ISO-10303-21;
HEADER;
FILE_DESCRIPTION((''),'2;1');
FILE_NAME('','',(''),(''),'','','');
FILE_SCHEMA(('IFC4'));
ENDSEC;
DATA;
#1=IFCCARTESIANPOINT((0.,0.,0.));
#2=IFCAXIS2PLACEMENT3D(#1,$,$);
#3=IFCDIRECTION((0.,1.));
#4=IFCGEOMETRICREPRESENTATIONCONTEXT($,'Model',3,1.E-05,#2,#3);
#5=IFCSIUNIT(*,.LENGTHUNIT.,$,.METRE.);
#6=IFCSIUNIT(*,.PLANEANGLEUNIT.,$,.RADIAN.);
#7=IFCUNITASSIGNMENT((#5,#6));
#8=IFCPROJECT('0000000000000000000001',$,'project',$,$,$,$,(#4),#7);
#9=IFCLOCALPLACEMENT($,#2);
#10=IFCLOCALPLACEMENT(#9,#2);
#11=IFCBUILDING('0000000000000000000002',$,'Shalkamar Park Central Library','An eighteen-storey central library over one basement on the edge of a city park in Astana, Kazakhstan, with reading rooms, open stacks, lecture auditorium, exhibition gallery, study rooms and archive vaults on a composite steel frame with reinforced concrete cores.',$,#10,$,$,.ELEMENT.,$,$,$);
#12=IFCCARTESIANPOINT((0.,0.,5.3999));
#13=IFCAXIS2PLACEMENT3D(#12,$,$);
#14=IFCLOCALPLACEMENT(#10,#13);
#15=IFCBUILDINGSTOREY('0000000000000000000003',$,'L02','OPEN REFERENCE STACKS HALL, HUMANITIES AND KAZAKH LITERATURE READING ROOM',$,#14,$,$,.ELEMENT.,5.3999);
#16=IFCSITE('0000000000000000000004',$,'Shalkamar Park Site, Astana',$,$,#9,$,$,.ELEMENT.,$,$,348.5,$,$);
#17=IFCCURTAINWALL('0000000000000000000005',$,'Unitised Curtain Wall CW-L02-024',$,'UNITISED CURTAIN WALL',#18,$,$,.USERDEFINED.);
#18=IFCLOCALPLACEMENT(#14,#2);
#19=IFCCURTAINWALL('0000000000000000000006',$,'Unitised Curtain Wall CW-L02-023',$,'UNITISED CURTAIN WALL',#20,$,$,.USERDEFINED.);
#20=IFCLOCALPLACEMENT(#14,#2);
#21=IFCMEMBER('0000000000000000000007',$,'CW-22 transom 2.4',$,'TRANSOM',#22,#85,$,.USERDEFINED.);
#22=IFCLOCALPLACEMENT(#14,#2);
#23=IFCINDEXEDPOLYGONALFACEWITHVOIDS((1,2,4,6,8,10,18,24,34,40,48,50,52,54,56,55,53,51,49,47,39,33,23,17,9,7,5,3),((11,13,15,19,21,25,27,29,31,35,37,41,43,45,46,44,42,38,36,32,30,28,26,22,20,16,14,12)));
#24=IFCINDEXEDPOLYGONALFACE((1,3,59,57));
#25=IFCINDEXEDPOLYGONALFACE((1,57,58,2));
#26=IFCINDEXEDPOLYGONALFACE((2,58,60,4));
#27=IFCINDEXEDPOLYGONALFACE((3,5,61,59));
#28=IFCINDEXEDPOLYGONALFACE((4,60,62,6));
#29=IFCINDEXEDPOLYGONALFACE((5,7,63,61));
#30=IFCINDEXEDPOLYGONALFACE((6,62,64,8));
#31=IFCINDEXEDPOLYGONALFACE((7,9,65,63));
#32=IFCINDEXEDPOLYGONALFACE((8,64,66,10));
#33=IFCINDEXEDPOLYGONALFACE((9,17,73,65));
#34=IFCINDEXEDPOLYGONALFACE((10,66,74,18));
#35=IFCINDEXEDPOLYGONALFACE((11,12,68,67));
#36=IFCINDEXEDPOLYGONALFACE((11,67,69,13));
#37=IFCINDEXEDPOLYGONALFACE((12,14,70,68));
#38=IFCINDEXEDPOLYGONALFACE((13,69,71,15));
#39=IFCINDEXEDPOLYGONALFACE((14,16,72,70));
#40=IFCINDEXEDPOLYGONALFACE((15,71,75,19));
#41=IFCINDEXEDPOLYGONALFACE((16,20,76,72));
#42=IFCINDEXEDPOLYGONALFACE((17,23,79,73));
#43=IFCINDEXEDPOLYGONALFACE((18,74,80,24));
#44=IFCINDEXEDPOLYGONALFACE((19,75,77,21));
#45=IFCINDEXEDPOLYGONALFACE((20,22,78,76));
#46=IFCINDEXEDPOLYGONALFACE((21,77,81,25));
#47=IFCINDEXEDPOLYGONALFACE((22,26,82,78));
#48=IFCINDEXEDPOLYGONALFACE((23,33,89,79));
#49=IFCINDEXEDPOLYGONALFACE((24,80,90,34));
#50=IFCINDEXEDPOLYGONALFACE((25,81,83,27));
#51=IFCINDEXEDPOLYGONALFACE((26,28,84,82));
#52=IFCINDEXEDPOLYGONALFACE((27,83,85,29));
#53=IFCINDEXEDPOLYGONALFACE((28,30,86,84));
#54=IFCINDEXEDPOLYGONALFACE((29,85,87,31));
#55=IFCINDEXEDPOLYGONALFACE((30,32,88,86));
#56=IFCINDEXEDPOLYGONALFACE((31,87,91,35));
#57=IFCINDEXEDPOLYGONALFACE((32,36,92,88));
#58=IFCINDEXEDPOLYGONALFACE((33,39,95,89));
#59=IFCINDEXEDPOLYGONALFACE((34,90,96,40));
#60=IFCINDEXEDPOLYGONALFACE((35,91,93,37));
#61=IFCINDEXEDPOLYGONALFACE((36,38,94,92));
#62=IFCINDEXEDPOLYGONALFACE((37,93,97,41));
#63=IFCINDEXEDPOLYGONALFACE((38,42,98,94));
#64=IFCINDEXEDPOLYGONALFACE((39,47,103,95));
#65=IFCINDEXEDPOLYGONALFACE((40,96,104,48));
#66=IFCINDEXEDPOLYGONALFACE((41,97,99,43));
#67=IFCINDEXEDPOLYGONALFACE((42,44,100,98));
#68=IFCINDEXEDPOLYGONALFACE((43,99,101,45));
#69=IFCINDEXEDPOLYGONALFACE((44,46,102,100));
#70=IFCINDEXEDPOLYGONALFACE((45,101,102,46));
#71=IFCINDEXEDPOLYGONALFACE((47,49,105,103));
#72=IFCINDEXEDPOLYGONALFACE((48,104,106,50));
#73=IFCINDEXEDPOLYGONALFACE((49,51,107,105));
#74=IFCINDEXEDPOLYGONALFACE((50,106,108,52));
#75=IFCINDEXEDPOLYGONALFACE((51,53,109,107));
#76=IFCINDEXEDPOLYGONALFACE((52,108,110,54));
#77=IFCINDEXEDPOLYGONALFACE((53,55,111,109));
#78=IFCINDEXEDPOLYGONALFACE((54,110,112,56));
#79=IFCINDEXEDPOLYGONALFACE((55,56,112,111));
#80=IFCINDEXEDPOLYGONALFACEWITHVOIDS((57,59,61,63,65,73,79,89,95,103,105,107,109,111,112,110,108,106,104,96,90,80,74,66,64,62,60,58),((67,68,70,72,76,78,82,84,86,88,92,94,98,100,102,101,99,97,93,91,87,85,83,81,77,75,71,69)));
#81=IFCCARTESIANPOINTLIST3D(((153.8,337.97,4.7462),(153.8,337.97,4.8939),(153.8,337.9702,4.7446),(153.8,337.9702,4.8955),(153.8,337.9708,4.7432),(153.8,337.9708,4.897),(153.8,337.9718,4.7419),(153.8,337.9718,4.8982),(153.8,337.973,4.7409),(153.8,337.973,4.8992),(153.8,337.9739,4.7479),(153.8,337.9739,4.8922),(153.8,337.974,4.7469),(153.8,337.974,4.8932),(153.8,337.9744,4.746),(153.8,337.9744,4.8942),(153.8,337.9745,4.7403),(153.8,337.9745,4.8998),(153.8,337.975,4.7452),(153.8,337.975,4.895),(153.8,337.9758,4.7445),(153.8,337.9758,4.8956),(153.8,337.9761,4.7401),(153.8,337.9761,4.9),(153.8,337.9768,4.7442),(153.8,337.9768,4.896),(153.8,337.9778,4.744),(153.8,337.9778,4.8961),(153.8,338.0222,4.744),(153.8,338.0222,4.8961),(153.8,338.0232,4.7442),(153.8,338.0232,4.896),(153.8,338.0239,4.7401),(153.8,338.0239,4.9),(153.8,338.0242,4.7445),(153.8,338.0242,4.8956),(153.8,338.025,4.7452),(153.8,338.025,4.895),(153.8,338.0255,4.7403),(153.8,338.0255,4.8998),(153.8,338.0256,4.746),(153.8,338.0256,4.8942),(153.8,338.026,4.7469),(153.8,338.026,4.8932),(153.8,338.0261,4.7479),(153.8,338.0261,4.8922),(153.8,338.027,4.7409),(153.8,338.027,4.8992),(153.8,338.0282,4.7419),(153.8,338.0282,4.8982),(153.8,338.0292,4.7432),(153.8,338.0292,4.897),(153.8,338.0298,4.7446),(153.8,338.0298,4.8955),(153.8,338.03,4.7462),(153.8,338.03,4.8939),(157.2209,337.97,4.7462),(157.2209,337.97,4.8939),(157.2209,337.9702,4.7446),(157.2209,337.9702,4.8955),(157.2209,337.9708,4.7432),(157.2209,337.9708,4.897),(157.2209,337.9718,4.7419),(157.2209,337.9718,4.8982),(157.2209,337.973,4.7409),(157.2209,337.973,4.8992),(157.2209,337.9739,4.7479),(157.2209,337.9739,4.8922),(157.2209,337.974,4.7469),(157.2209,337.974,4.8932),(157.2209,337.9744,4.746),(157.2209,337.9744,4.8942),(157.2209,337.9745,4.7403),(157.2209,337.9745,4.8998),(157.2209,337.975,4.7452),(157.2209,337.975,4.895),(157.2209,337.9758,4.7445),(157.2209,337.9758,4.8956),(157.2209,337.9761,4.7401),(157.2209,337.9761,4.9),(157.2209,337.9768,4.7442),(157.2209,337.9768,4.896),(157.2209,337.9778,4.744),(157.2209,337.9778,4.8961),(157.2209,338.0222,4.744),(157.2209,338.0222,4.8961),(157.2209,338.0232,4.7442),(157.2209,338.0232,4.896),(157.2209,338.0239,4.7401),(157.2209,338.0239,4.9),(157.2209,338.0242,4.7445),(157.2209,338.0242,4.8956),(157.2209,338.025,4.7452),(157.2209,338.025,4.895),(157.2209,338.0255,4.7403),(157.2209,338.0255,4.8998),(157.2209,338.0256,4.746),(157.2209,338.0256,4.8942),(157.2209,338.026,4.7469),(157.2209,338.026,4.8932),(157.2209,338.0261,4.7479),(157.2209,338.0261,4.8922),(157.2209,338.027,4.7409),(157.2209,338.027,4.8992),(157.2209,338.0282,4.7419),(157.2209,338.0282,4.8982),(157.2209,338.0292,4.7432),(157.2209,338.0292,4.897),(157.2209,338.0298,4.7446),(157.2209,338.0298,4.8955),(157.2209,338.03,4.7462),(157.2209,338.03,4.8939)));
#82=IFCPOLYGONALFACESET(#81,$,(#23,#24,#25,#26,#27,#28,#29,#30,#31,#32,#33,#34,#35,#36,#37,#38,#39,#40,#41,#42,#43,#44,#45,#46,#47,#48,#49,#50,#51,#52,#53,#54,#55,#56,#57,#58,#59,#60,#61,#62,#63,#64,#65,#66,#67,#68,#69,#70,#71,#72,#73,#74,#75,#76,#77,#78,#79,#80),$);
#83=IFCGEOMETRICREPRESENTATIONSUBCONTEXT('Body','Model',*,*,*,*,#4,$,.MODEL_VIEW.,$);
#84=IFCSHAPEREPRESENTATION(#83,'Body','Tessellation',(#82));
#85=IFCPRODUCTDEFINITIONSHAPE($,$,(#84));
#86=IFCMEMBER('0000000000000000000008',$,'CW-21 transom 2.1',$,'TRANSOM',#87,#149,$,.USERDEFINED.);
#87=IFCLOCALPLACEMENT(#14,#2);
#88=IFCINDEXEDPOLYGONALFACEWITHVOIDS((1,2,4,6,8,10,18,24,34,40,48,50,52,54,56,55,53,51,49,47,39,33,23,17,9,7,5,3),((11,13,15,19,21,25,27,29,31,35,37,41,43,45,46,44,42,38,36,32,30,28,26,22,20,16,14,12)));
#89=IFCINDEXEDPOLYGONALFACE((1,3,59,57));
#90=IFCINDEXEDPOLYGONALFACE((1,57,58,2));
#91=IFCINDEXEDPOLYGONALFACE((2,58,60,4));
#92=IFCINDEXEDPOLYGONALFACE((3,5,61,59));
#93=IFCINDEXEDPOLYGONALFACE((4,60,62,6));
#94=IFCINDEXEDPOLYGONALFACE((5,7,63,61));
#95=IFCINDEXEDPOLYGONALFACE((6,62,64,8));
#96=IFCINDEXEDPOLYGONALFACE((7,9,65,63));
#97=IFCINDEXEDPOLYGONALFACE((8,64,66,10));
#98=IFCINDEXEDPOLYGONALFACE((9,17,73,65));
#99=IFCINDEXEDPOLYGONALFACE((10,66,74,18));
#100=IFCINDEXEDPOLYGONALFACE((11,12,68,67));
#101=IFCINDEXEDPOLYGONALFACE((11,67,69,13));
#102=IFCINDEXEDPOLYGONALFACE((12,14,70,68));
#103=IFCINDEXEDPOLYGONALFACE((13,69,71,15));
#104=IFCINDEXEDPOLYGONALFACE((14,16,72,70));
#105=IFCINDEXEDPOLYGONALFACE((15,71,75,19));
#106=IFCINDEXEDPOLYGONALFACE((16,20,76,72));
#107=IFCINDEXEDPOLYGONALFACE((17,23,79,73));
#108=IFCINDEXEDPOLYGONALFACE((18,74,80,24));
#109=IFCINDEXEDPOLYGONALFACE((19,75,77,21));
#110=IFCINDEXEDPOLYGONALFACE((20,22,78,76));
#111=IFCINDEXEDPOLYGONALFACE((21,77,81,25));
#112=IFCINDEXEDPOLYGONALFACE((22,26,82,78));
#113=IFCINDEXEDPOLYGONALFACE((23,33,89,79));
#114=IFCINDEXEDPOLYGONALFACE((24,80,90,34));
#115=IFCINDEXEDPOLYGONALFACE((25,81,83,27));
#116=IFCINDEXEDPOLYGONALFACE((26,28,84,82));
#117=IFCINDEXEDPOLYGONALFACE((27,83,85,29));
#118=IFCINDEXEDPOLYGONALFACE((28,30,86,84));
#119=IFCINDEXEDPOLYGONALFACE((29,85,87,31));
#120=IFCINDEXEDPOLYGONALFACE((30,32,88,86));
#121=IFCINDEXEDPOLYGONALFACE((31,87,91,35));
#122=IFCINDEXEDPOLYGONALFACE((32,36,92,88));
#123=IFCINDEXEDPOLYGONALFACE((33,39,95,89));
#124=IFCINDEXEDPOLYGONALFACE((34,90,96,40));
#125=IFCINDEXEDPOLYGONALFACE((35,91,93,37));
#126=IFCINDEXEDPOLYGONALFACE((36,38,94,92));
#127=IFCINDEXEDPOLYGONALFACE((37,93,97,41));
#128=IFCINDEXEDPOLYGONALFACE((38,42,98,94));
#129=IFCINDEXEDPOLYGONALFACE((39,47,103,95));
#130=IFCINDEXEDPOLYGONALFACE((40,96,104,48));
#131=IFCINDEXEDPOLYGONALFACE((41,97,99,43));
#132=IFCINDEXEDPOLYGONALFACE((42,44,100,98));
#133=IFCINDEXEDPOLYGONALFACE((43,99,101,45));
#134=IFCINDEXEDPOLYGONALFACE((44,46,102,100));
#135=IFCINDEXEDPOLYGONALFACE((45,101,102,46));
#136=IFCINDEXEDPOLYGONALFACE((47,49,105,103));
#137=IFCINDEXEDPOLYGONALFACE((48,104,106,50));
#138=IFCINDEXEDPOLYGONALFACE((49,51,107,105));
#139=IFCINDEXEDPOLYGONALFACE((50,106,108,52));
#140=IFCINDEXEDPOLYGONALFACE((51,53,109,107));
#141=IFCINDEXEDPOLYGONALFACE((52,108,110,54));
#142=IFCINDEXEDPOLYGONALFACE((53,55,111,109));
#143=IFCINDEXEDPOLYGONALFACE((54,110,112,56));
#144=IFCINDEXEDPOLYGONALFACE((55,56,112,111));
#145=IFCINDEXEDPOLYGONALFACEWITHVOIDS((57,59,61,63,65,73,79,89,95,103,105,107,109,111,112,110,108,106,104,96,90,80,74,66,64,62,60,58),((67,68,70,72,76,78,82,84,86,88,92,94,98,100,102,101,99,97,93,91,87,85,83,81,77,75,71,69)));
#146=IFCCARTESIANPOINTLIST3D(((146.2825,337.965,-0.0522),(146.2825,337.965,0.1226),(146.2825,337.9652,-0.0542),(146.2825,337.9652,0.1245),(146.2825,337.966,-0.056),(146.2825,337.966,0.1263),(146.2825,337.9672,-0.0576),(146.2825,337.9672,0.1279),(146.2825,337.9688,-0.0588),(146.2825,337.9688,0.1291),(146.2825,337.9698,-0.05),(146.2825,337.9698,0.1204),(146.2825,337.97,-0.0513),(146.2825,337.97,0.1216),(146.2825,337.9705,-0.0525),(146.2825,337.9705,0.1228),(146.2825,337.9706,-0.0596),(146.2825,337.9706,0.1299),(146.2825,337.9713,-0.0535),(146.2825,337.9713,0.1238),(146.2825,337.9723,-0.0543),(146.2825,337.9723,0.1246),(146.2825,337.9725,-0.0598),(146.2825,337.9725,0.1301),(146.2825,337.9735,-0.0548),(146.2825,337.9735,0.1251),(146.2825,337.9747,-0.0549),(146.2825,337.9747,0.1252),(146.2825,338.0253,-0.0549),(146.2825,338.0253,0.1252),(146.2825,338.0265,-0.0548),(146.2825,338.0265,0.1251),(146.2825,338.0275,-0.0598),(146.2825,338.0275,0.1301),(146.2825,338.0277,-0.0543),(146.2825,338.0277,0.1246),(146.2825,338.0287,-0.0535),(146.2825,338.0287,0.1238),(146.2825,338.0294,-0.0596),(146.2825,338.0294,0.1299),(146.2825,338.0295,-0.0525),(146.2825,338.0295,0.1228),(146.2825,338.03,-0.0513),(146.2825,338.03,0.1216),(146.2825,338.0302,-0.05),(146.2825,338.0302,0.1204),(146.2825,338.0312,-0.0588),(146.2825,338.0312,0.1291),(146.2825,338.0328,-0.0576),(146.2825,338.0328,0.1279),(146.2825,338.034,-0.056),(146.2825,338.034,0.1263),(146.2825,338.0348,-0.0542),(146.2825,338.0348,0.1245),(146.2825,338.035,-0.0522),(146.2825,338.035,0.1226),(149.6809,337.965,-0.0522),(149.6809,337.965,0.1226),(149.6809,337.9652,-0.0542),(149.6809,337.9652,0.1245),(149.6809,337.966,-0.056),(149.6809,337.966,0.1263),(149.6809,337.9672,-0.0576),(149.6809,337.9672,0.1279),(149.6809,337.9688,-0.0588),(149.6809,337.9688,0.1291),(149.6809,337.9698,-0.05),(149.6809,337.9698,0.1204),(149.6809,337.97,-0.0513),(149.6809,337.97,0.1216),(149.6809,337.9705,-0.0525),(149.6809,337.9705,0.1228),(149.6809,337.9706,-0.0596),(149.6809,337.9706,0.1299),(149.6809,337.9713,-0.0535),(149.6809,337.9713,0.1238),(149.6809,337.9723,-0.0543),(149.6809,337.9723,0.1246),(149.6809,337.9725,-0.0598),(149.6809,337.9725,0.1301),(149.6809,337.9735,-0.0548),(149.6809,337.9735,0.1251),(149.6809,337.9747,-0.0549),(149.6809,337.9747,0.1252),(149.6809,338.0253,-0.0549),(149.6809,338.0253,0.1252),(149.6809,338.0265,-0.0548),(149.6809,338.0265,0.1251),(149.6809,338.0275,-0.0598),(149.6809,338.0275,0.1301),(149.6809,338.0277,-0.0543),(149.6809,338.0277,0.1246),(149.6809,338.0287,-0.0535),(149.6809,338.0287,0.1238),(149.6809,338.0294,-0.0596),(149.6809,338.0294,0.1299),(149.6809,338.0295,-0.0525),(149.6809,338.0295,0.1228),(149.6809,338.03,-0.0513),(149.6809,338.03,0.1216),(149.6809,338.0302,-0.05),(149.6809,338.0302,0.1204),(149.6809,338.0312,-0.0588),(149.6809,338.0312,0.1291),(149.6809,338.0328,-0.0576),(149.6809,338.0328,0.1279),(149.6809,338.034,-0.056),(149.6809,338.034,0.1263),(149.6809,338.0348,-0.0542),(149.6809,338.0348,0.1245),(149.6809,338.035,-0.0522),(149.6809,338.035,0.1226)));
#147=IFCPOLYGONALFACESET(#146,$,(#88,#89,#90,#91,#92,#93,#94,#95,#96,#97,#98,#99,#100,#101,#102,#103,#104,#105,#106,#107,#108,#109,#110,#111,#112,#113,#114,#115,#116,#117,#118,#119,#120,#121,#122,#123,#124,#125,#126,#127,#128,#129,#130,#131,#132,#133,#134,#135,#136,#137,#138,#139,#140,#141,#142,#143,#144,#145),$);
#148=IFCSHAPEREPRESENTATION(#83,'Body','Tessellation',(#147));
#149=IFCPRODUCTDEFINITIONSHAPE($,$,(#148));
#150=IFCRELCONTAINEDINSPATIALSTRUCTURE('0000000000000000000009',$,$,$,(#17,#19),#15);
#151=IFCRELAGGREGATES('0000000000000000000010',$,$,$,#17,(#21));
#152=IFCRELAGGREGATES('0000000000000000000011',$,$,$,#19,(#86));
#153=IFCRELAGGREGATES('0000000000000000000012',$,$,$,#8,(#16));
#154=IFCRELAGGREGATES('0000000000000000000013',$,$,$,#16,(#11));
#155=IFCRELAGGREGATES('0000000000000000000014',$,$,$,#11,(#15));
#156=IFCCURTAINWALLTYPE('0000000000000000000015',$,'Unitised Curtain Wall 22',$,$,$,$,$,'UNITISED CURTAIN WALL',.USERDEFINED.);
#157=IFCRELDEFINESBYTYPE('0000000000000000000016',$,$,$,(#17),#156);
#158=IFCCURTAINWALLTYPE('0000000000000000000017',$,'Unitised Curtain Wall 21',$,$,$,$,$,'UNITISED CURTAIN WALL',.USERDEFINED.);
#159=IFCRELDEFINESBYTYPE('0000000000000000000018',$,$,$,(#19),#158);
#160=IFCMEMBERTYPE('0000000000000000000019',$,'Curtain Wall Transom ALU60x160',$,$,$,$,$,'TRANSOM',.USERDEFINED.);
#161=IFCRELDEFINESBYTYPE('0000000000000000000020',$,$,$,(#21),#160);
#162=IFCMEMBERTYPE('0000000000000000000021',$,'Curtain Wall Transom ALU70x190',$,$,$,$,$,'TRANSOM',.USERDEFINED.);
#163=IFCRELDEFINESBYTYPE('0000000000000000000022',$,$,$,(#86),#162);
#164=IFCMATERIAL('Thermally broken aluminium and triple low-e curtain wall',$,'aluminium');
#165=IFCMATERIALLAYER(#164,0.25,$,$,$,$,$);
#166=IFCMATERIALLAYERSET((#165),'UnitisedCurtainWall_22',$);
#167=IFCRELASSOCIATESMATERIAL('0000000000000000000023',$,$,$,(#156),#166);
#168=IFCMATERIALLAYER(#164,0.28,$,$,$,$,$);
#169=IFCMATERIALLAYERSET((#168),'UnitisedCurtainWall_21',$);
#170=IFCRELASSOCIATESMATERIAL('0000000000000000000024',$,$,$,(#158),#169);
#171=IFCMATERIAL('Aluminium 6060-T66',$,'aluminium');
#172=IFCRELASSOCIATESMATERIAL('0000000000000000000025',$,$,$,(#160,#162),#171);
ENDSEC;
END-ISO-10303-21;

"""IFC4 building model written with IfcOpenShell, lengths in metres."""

from ifc_helpers import new_model, si_unit, direction, frame, origin, origin_2d, place, context, subcontext, project, spatial, hollow_rectangle, extrude, material, layer, layer_set, material_profile, profile_set, type_object, element, aggregate, save


model = new_model("IFC4")

# Units and contexts
model_context = context("Model", 3, precision=1e-05, world=origin(), true_north=direction((0.0, 1.0)))
body_context = subcontext(model_context, "Body", "Model", "MODEL_VIEW")
ifc_project = project(units=[si_unit("LENGTHUNIT", "METRE"), si_unit("PLANEANGLEUNIT", "RADIAN")], contexts=[model_context])

# Site, building, storey
site_placement = place(None, origin())
site = spatial("IfcSite", under=ifc_project, at=site_placement, Name="Shalkamar Park Site, Astana", CompositionType="ELEMENT", RefElevation=348.5)
building_placement = place(site_placement, origin())
building = spatial("IfcBuilding", under=site, at=building_placement, Name="Shalkamar Park Central Library", Description="An eighteen-storey central library over one basement on the edge of a city park in Astana, Kazakhstan, with reading rooms, open stacks, lecture auditorium, exhibition gallery, study rooms and archive vaults on a composite steel frame with reinforced concrete cores.", CompositionType="ELEMENT")
storey_placement = place(building_placement, frame((0.0, 0.0, 5.3999)))
storey = spatial("IfcBuildingStorey", under=building, at=storey_placement, Name="L02", Description="OPEN REFERENCE STACKS HALL, HUMANITIES AND KAZAKH LITERATURE READING ROOM", CompositionType="ELEMENT", Elevation=5.3999)

# Curtain wall
ifc_material_1 = material(Name="Thermally broken aluminium and triple low-e curtain wall", Category="aluminium")
ifc_layer_1 = layer(ifc_material_1, 0.25)
ifc_layer_set_1 = layer_set([ifc_layer_1], Name="UnitisedCurtainWall_22")
curtain_wall_type_1 = type_object("IfcCurtainWallType", Name="Unitised Curtain Wall 22", ElementType="UNITISED CURTAIN WALL", PredefinedType="USERDEFINED", material=ifc_layer_set_1)
curtain_wall_1_placement = place(storey_placement, origin())
curtain_wall_1 = element("IfcCurtainWall", 1, at=curtain_wall_1_placement, inside=storey, type_object=curtain_wall_type_1, Name="Unitised Curtain Wall CW-L02-024", ObjectType="UNITISED CURTAIN WALL", PredefinedType="USERDEFINED")
ifc_material_2 = material(Name="Aluminium 6060-T66", Category="aluminium")

# Curtain wall
ifc_layer_2 = layer(ifc_material_1, 0.28)
ifc_layer_set_2 = layer_set([ifc_layer_2], Name="UnitisedCurtainWall_21")
curtain_wall_type_2 = type_object("IfcCurtainWallType", Name="Unitised Curtain Wall 21", ElementType="UNITISED CURTAIN WALL", PredefinedType="USERDEFINED", material=ifc_layer_set_2)
curtain_wall_2_placement = place(storey_placement, origin())
curtain_wall_2 = element("IfcCurtainWall", 2, at=curtain_wall_2_placement, inside=storey, type_object=curtain_wall_type_2, Name="Unitised Curtain Wall CW-L02-023", ObjectType="UNITISED CURTAIN WALL", PredefinedType="USERDEFINED")

# Members
ifc_material_profile_1 = material_profile(ifc_material_2, hollow_rectangle(XDim=0.0601, YDim=0.1599, WallThickness=0.0039, InnerFilletRadius=0.0039, OuterFilletRadius=0.0061, at=origin_2d()), Name="ALU 60x160x4")
ifc_profile_set_1 = profile_set([ifc_material_profile_1], Name="Aluminium 6060-T66")
member_type_1 = type_object("IfcMemberType", Name="Curtain Wall Transom ALU60x160", ElementType="TRANSOM", PredefinedType="USERDEFINED", material=ifc_profile_set_1)
member_1_placement = place(storey_placement, frame((153.8, 338.0, 4.8201), z_axis=(1.0, 0.0, 0.0), x_axis=(0.0, 1.0, 0.0)))
member_1 = element("IfcMember", 3, at=member_1_placement, type_object=member_type_1, Name="CW-22 transom 2.4", ObjectType="TRANSOM", PredefinedType="USERDEFINED", context=body_context, shape_type="SweptSolid", body=[
    extrude(hollow_rectangle(XDim=0.0601, YDim=0.1599, WallThickness=0.0039, InnerFilletRadius=0.0039, OuterFilletRadius=0.0061, at=origin_2d()), origin(), (0.0, 0.0, 1.0), 3.4209),
])
ifc_material_profile_2 = material_profile(ifc_material_2, hollow_rectangle(XDim=0.0701, YDim=0.1899, WallThickness=0.0049, InnerFilletRadius=0.0049, OuterFilletRadius=0.0076, at=origin_2d()), Name="ALU 70x190x5")
ifc_profile_set_2 = profile_set([ifc_material_profile_2], Name="Aluminium 6060-T66")
member_type_2 = type_object("IfcMemberType", Name="Curtain Wall Transom ALU70x190", ElementType="TRANSOM", PredefinedType="USERDEFINED", material=ifc_profile_set_2)
member_2_placement = place(storey_placement, frame((146.2825, 338.0, 0.0352), z_axis=(1.0, 0.0, 0.0), x_axis=(0.0, 1.0, 0.0)))
member_2 = element("IfcMember", 4, at=member_2_placement, type_object=member_type_2, Name="CW-21 transom 2.1", ObjectType="TRANSOM", PredefinedType="USERDEFINED", context=body_context, shape_type="SweptSolid", body=[
    extrude(hollow_rectangle(XDim=0.0701, YDim=0.1899, WallThickness=0.0049, InnerFilletRadius=0.0049, OuterFilletRadius=0.0076, at=origin_2d()), origin(), (0.0, 0.0, 1.0), 3.3984),
])

aggregate(curtain_wall_1, [member_1])
aggregate(curtain_wall_2, [member_2])

save(model, "model.ifc")
